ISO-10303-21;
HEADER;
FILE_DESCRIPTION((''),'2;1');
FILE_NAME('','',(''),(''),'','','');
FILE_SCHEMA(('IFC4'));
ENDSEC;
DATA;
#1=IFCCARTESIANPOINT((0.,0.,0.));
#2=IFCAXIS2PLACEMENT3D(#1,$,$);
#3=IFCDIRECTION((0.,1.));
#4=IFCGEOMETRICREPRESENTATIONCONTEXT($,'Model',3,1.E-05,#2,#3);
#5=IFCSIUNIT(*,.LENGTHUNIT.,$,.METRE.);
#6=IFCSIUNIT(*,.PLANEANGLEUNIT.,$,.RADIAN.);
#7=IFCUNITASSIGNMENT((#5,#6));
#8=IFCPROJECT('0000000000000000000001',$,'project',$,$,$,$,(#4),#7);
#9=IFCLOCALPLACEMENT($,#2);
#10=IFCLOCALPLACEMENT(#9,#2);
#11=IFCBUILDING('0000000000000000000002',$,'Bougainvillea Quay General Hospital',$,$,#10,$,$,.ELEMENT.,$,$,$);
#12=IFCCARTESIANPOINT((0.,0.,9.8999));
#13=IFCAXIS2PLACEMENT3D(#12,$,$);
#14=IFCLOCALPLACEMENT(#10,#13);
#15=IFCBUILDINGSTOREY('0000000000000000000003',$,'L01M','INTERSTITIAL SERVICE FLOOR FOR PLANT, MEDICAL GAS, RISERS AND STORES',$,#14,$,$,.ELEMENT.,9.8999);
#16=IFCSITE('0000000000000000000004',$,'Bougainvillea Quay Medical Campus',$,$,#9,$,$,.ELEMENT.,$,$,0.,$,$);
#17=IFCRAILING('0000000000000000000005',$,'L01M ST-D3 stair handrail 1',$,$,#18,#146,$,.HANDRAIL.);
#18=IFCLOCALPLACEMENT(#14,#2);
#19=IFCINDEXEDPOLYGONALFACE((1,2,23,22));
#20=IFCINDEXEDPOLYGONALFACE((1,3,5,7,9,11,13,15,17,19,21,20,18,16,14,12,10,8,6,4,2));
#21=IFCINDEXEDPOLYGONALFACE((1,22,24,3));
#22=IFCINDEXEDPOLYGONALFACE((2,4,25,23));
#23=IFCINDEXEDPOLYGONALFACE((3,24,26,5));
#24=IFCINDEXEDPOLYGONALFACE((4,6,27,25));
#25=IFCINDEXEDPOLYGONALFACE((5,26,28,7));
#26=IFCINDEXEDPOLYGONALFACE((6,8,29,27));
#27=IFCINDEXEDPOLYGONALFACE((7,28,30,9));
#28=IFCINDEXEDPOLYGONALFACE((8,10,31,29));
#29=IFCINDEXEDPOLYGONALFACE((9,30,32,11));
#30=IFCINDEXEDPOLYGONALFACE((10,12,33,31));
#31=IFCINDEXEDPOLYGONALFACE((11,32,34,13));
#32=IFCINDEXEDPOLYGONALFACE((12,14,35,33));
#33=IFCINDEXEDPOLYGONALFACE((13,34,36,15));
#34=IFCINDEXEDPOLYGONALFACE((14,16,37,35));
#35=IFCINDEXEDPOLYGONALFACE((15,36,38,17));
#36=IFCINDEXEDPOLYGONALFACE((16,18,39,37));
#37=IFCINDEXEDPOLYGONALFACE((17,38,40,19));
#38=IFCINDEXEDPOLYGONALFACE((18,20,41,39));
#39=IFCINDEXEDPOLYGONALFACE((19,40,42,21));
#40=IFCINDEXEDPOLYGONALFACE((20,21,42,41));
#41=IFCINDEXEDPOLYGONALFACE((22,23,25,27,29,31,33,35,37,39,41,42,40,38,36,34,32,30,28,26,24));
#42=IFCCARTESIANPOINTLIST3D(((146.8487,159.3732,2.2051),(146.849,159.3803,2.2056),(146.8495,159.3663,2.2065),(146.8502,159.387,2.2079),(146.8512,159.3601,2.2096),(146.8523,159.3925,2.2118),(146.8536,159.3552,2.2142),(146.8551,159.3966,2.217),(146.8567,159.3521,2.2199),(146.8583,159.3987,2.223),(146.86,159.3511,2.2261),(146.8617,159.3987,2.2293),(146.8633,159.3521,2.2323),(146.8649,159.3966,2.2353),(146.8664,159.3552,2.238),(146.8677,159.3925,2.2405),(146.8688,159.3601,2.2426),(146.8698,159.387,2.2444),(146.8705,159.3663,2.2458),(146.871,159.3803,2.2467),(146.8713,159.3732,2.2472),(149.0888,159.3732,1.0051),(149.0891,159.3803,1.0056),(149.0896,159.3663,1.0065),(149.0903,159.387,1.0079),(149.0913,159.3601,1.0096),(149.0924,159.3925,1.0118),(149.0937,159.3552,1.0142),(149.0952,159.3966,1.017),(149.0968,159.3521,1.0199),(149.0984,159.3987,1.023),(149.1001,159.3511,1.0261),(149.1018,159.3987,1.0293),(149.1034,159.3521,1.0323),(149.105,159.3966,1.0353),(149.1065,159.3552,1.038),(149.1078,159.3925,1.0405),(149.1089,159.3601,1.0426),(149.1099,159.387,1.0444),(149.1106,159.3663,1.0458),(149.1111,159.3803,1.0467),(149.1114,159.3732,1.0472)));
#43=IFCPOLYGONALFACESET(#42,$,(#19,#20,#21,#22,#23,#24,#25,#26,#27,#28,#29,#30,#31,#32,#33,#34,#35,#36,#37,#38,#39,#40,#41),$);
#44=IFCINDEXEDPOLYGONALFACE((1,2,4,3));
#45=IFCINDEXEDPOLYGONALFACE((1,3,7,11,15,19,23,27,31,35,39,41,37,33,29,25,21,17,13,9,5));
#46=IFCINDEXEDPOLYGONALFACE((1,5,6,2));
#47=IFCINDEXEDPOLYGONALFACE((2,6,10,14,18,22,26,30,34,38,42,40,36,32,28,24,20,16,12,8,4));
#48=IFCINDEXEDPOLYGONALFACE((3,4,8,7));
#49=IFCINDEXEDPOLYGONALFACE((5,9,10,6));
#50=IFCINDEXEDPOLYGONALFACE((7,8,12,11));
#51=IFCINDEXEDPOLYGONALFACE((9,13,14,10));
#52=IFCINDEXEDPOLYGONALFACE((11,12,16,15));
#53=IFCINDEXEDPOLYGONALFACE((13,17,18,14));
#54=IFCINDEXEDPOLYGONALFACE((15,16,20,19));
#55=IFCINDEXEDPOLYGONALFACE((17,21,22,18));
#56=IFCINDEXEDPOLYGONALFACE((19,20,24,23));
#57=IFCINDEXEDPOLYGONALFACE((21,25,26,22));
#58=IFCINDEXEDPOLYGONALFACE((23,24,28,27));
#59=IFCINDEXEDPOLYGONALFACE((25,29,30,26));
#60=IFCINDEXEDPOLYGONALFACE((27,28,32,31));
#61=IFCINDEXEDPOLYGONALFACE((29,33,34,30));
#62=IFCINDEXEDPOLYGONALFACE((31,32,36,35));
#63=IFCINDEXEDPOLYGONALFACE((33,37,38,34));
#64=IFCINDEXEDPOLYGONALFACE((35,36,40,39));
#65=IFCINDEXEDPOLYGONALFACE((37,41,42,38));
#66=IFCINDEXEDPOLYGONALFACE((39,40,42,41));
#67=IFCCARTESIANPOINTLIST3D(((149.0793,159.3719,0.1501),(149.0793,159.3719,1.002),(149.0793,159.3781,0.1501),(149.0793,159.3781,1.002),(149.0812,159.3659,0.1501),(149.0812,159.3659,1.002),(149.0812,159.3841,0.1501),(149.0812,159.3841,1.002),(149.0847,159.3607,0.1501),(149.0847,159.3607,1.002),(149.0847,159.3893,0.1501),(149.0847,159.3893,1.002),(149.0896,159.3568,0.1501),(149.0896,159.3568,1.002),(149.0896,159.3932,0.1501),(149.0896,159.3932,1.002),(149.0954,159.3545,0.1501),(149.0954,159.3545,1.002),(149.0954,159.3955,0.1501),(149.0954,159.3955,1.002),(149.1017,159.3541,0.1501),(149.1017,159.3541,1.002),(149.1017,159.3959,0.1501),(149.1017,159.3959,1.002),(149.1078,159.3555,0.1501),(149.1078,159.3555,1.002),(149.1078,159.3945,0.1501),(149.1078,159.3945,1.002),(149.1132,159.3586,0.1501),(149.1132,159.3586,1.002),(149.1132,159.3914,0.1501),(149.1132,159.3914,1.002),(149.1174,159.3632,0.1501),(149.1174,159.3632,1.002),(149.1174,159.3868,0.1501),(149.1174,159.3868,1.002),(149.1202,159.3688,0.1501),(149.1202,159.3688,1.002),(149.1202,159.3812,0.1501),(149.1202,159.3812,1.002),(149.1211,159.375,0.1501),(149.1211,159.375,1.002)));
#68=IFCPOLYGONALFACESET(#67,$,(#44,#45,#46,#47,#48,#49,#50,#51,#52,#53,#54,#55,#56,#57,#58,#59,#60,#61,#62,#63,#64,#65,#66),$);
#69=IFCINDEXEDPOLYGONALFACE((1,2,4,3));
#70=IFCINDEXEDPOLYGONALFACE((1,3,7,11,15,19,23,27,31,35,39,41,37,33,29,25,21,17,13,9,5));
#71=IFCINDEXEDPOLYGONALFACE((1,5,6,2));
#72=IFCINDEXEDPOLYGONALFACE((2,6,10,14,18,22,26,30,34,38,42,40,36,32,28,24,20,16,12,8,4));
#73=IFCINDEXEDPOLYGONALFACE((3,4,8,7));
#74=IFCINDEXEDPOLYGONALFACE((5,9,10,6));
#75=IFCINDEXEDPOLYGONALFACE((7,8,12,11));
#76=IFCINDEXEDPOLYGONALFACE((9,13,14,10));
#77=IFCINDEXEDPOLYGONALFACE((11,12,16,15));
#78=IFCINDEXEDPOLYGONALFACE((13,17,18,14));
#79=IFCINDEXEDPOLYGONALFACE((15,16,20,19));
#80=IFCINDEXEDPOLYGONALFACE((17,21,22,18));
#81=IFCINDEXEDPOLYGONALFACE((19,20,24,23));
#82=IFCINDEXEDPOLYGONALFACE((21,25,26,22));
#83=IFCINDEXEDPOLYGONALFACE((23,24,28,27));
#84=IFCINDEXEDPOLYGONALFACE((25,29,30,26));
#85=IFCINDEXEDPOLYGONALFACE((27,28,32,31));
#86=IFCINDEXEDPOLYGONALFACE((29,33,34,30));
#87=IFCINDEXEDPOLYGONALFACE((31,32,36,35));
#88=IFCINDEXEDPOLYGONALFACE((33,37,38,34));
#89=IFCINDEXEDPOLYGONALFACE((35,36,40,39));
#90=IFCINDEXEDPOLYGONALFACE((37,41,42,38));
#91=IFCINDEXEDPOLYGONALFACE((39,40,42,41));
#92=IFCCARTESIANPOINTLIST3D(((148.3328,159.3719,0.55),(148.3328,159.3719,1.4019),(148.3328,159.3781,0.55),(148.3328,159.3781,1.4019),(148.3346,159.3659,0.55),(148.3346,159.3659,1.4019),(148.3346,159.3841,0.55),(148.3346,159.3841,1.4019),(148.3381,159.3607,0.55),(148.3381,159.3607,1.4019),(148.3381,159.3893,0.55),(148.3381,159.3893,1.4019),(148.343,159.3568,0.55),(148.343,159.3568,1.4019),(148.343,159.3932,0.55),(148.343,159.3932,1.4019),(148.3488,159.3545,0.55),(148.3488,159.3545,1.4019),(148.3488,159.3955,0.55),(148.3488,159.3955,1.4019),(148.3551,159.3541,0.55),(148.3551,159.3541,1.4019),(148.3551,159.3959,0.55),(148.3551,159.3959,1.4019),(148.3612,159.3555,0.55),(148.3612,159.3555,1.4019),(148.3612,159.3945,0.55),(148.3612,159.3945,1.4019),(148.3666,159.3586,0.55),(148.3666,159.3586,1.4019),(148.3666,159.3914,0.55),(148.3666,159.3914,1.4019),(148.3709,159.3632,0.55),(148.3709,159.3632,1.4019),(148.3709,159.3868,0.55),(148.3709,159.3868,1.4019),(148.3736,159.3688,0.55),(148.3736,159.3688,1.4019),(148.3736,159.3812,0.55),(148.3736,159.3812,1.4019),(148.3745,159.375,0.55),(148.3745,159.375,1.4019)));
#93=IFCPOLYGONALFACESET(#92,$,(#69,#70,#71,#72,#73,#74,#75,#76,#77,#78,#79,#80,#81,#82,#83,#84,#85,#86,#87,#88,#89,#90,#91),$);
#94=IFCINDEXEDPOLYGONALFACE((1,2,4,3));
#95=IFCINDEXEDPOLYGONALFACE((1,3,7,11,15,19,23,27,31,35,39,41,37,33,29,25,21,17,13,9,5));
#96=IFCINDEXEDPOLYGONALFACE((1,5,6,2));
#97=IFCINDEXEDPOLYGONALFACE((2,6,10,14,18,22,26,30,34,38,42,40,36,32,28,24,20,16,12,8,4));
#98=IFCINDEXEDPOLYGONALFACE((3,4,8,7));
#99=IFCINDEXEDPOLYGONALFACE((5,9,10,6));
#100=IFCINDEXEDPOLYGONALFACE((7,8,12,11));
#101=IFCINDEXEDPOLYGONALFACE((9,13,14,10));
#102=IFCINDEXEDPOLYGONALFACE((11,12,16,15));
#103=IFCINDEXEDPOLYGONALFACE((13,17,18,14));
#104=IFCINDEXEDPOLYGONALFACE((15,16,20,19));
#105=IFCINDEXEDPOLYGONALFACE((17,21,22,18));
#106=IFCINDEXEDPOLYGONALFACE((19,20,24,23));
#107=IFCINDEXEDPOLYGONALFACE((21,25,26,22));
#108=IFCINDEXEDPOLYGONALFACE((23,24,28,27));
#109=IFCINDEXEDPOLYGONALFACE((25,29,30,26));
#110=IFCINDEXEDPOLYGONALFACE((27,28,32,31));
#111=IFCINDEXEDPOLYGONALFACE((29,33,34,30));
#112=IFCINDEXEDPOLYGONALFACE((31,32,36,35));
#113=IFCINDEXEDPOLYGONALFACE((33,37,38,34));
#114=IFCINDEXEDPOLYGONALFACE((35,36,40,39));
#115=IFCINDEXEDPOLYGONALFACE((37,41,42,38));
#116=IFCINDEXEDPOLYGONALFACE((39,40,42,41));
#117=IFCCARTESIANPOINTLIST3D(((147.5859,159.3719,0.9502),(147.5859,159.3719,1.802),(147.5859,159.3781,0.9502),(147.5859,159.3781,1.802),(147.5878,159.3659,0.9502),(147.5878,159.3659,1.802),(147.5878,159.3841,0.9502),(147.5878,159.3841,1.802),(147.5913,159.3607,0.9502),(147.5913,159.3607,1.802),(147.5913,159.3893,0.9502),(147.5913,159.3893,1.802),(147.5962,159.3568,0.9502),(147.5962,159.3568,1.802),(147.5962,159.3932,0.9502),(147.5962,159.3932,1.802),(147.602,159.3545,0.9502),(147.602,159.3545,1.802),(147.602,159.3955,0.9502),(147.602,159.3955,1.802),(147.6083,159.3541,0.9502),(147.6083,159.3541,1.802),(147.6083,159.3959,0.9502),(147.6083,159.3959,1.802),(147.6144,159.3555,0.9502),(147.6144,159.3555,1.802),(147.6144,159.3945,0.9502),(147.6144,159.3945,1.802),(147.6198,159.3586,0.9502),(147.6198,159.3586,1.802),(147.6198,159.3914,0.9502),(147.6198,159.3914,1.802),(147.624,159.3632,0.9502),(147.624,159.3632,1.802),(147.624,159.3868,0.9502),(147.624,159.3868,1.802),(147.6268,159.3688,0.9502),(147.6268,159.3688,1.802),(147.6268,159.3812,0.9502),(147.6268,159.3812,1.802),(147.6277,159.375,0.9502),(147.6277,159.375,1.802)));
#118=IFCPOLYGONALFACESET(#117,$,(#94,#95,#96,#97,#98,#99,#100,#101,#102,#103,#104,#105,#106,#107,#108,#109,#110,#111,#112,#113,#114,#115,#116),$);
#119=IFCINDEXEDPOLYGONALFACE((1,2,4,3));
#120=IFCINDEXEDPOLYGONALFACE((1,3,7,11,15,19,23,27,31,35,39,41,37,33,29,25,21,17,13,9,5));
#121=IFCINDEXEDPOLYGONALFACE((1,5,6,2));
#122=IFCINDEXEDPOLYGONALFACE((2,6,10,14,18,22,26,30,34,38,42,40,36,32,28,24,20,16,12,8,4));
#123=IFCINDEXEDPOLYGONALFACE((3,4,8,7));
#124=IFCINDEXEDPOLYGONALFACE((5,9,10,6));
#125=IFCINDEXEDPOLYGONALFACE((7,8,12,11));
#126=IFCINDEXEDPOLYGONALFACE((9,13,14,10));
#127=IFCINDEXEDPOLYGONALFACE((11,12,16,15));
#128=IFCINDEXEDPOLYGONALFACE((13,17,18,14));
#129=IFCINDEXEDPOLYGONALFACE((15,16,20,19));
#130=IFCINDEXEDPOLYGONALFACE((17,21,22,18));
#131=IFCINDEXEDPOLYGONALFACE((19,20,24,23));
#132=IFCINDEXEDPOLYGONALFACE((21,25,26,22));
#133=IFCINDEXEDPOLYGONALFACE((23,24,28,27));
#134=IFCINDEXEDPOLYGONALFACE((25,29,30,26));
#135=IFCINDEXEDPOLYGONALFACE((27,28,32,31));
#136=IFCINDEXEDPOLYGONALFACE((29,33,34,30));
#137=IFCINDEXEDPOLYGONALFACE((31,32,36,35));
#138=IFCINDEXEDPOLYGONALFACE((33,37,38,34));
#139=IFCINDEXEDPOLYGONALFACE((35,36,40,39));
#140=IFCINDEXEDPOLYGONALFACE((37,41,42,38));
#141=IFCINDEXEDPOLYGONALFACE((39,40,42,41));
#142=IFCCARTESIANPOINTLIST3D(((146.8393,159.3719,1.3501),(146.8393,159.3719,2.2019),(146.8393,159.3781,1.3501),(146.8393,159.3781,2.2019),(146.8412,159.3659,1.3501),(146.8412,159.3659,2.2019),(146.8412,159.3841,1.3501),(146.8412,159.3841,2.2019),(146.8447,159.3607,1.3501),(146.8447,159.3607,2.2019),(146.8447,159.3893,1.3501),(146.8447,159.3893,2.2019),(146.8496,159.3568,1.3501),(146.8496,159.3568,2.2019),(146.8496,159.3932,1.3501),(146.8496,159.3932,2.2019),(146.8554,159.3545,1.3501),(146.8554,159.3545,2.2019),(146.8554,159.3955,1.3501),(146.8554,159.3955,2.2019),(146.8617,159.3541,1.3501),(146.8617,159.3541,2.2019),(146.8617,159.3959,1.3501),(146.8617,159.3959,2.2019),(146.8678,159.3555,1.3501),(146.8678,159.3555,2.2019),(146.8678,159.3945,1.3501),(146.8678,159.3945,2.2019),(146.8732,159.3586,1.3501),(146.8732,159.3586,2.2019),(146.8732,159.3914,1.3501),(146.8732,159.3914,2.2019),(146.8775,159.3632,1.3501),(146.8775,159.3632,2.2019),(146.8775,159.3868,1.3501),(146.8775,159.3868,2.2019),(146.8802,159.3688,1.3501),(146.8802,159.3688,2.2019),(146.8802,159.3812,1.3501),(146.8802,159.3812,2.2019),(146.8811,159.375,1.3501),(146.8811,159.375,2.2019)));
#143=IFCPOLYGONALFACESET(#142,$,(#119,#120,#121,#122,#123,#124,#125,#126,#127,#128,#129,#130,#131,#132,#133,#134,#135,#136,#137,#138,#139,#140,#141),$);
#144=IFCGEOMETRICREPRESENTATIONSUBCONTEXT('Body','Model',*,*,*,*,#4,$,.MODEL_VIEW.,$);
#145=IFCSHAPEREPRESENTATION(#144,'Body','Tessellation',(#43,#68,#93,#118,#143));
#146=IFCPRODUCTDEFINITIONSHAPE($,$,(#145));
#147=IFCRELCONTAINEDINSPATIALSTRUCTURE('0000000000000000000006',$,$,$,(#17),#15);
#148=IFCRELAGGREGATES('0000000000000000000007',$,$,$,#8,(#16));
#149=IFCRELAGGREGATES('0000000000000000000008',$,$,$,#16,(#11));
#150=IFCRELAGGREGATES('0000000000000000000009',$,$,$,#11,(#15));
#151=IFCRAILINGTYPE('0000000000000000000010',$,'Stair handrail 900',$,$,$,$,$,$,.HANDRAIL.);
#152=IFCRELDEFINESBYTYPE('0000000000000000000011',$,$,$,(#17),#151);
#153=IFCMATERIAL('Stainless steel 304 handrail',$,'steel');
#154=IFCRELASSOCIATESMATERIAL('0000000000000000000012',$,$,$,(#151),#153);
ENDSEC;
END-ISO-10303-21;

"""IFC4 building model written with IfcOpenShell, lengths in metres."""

from ifc_helpers import new_model, si_unit, direction, frame, origin, origin_2d, place, context, subcontext, project, spatial, circle, extrude, material, type_object, element, save


model = new_model("IFC4")

# Units and contexts
model_context = context("Model", 3, precision=1e-05, world=origin(), true_north=direction((0.0, 1.0)))
body_context = subcontext(model_context, "Body", "Model", "MODEL_VIEW")
ifc_project = project(units=[si_unit("LENGTHUNIT", "METRE"), si_unit("PLANEANGLEUNIT", "RADIAN")], contexts=[model_context])

# Site, building, storey
site_placement = place(None, origin())
site = spatial("IfcSite", under=ifc_project, at=site_placement, Name="Bougainvillea Quay Medical Campus", CompositionType="ELEMENT", RefElevation=0.0)
building_placement = place(site_placement, origin())
building = spatial("IfcBuilding", under=site, at=building_placement, Name="Bougainvillea Quay General Hospital", CompositionType="ELEMENT")
storey_placement = place(building_placement, frame((0.0, 0.0, 9.8999)))
storey = spatial("IfcBuildingStorey", under=building, at=storey_placement, Name="L01M", Description="INTERSTITIAL SERVICE FLOOR FOR PLANT, MEDICAL GAS, RISERS AND STORES", CompositionType="ELEMENT", Elevation=9.8999)

# Railing
ifc_material_1 = material(Name="Stainless steel 304 handrail", Category="steel")
railing_type_1 = type_object("IfcRailingType", Name="Stair handrail 900", PredefinedType="HANDRAIL", material=ifc_material_1)
railing_1_placement = place(storey_placement, frame((149.1001, 159.375, 0.1501)))
element("IfcRailing", 1, at=railing_1_placement, inside=storey, type_object=railing_type_1, Name="L01M ST-D3 stair handrail 1", PredefinedType="HANDRAIL", context=body_context, shape_type="SweptSolid", body=[
    extrude(circle(Radius=0.0239, at=origin_2d()), frame((0.0, 0.0, 0.876), z_axis=(-0.881487, 0.0, 0.472208), x_axis=(0.0, -1.0, 0.0)), (0.0, 0.0, 1.0), 2.5413),
    extrude(circle(Radius=0.021, at=origin_2d()), origin(), (0.0, 0.0, 1.0), 0.8518),
    extrude(circle(Radius=0.021, at=origin_2d()), frame((-0.7466, 0.0, 0.3999)), (0.0, 0.0, 1.0), 0.8518),
    extrude(circle(Radius=0.021, at=origin_2d()), frame((-1.4934, 0.0, 0.8)), (0.0, 0.0, 1.0), 0.8518),
    extrude(circle(Radius=0.021, at=origin_2d()), frame((-2.24, 0.0, 1.2)), (0.0, 0.0, 1.0), 0.8518),
])

save(model, "model.ifc")
